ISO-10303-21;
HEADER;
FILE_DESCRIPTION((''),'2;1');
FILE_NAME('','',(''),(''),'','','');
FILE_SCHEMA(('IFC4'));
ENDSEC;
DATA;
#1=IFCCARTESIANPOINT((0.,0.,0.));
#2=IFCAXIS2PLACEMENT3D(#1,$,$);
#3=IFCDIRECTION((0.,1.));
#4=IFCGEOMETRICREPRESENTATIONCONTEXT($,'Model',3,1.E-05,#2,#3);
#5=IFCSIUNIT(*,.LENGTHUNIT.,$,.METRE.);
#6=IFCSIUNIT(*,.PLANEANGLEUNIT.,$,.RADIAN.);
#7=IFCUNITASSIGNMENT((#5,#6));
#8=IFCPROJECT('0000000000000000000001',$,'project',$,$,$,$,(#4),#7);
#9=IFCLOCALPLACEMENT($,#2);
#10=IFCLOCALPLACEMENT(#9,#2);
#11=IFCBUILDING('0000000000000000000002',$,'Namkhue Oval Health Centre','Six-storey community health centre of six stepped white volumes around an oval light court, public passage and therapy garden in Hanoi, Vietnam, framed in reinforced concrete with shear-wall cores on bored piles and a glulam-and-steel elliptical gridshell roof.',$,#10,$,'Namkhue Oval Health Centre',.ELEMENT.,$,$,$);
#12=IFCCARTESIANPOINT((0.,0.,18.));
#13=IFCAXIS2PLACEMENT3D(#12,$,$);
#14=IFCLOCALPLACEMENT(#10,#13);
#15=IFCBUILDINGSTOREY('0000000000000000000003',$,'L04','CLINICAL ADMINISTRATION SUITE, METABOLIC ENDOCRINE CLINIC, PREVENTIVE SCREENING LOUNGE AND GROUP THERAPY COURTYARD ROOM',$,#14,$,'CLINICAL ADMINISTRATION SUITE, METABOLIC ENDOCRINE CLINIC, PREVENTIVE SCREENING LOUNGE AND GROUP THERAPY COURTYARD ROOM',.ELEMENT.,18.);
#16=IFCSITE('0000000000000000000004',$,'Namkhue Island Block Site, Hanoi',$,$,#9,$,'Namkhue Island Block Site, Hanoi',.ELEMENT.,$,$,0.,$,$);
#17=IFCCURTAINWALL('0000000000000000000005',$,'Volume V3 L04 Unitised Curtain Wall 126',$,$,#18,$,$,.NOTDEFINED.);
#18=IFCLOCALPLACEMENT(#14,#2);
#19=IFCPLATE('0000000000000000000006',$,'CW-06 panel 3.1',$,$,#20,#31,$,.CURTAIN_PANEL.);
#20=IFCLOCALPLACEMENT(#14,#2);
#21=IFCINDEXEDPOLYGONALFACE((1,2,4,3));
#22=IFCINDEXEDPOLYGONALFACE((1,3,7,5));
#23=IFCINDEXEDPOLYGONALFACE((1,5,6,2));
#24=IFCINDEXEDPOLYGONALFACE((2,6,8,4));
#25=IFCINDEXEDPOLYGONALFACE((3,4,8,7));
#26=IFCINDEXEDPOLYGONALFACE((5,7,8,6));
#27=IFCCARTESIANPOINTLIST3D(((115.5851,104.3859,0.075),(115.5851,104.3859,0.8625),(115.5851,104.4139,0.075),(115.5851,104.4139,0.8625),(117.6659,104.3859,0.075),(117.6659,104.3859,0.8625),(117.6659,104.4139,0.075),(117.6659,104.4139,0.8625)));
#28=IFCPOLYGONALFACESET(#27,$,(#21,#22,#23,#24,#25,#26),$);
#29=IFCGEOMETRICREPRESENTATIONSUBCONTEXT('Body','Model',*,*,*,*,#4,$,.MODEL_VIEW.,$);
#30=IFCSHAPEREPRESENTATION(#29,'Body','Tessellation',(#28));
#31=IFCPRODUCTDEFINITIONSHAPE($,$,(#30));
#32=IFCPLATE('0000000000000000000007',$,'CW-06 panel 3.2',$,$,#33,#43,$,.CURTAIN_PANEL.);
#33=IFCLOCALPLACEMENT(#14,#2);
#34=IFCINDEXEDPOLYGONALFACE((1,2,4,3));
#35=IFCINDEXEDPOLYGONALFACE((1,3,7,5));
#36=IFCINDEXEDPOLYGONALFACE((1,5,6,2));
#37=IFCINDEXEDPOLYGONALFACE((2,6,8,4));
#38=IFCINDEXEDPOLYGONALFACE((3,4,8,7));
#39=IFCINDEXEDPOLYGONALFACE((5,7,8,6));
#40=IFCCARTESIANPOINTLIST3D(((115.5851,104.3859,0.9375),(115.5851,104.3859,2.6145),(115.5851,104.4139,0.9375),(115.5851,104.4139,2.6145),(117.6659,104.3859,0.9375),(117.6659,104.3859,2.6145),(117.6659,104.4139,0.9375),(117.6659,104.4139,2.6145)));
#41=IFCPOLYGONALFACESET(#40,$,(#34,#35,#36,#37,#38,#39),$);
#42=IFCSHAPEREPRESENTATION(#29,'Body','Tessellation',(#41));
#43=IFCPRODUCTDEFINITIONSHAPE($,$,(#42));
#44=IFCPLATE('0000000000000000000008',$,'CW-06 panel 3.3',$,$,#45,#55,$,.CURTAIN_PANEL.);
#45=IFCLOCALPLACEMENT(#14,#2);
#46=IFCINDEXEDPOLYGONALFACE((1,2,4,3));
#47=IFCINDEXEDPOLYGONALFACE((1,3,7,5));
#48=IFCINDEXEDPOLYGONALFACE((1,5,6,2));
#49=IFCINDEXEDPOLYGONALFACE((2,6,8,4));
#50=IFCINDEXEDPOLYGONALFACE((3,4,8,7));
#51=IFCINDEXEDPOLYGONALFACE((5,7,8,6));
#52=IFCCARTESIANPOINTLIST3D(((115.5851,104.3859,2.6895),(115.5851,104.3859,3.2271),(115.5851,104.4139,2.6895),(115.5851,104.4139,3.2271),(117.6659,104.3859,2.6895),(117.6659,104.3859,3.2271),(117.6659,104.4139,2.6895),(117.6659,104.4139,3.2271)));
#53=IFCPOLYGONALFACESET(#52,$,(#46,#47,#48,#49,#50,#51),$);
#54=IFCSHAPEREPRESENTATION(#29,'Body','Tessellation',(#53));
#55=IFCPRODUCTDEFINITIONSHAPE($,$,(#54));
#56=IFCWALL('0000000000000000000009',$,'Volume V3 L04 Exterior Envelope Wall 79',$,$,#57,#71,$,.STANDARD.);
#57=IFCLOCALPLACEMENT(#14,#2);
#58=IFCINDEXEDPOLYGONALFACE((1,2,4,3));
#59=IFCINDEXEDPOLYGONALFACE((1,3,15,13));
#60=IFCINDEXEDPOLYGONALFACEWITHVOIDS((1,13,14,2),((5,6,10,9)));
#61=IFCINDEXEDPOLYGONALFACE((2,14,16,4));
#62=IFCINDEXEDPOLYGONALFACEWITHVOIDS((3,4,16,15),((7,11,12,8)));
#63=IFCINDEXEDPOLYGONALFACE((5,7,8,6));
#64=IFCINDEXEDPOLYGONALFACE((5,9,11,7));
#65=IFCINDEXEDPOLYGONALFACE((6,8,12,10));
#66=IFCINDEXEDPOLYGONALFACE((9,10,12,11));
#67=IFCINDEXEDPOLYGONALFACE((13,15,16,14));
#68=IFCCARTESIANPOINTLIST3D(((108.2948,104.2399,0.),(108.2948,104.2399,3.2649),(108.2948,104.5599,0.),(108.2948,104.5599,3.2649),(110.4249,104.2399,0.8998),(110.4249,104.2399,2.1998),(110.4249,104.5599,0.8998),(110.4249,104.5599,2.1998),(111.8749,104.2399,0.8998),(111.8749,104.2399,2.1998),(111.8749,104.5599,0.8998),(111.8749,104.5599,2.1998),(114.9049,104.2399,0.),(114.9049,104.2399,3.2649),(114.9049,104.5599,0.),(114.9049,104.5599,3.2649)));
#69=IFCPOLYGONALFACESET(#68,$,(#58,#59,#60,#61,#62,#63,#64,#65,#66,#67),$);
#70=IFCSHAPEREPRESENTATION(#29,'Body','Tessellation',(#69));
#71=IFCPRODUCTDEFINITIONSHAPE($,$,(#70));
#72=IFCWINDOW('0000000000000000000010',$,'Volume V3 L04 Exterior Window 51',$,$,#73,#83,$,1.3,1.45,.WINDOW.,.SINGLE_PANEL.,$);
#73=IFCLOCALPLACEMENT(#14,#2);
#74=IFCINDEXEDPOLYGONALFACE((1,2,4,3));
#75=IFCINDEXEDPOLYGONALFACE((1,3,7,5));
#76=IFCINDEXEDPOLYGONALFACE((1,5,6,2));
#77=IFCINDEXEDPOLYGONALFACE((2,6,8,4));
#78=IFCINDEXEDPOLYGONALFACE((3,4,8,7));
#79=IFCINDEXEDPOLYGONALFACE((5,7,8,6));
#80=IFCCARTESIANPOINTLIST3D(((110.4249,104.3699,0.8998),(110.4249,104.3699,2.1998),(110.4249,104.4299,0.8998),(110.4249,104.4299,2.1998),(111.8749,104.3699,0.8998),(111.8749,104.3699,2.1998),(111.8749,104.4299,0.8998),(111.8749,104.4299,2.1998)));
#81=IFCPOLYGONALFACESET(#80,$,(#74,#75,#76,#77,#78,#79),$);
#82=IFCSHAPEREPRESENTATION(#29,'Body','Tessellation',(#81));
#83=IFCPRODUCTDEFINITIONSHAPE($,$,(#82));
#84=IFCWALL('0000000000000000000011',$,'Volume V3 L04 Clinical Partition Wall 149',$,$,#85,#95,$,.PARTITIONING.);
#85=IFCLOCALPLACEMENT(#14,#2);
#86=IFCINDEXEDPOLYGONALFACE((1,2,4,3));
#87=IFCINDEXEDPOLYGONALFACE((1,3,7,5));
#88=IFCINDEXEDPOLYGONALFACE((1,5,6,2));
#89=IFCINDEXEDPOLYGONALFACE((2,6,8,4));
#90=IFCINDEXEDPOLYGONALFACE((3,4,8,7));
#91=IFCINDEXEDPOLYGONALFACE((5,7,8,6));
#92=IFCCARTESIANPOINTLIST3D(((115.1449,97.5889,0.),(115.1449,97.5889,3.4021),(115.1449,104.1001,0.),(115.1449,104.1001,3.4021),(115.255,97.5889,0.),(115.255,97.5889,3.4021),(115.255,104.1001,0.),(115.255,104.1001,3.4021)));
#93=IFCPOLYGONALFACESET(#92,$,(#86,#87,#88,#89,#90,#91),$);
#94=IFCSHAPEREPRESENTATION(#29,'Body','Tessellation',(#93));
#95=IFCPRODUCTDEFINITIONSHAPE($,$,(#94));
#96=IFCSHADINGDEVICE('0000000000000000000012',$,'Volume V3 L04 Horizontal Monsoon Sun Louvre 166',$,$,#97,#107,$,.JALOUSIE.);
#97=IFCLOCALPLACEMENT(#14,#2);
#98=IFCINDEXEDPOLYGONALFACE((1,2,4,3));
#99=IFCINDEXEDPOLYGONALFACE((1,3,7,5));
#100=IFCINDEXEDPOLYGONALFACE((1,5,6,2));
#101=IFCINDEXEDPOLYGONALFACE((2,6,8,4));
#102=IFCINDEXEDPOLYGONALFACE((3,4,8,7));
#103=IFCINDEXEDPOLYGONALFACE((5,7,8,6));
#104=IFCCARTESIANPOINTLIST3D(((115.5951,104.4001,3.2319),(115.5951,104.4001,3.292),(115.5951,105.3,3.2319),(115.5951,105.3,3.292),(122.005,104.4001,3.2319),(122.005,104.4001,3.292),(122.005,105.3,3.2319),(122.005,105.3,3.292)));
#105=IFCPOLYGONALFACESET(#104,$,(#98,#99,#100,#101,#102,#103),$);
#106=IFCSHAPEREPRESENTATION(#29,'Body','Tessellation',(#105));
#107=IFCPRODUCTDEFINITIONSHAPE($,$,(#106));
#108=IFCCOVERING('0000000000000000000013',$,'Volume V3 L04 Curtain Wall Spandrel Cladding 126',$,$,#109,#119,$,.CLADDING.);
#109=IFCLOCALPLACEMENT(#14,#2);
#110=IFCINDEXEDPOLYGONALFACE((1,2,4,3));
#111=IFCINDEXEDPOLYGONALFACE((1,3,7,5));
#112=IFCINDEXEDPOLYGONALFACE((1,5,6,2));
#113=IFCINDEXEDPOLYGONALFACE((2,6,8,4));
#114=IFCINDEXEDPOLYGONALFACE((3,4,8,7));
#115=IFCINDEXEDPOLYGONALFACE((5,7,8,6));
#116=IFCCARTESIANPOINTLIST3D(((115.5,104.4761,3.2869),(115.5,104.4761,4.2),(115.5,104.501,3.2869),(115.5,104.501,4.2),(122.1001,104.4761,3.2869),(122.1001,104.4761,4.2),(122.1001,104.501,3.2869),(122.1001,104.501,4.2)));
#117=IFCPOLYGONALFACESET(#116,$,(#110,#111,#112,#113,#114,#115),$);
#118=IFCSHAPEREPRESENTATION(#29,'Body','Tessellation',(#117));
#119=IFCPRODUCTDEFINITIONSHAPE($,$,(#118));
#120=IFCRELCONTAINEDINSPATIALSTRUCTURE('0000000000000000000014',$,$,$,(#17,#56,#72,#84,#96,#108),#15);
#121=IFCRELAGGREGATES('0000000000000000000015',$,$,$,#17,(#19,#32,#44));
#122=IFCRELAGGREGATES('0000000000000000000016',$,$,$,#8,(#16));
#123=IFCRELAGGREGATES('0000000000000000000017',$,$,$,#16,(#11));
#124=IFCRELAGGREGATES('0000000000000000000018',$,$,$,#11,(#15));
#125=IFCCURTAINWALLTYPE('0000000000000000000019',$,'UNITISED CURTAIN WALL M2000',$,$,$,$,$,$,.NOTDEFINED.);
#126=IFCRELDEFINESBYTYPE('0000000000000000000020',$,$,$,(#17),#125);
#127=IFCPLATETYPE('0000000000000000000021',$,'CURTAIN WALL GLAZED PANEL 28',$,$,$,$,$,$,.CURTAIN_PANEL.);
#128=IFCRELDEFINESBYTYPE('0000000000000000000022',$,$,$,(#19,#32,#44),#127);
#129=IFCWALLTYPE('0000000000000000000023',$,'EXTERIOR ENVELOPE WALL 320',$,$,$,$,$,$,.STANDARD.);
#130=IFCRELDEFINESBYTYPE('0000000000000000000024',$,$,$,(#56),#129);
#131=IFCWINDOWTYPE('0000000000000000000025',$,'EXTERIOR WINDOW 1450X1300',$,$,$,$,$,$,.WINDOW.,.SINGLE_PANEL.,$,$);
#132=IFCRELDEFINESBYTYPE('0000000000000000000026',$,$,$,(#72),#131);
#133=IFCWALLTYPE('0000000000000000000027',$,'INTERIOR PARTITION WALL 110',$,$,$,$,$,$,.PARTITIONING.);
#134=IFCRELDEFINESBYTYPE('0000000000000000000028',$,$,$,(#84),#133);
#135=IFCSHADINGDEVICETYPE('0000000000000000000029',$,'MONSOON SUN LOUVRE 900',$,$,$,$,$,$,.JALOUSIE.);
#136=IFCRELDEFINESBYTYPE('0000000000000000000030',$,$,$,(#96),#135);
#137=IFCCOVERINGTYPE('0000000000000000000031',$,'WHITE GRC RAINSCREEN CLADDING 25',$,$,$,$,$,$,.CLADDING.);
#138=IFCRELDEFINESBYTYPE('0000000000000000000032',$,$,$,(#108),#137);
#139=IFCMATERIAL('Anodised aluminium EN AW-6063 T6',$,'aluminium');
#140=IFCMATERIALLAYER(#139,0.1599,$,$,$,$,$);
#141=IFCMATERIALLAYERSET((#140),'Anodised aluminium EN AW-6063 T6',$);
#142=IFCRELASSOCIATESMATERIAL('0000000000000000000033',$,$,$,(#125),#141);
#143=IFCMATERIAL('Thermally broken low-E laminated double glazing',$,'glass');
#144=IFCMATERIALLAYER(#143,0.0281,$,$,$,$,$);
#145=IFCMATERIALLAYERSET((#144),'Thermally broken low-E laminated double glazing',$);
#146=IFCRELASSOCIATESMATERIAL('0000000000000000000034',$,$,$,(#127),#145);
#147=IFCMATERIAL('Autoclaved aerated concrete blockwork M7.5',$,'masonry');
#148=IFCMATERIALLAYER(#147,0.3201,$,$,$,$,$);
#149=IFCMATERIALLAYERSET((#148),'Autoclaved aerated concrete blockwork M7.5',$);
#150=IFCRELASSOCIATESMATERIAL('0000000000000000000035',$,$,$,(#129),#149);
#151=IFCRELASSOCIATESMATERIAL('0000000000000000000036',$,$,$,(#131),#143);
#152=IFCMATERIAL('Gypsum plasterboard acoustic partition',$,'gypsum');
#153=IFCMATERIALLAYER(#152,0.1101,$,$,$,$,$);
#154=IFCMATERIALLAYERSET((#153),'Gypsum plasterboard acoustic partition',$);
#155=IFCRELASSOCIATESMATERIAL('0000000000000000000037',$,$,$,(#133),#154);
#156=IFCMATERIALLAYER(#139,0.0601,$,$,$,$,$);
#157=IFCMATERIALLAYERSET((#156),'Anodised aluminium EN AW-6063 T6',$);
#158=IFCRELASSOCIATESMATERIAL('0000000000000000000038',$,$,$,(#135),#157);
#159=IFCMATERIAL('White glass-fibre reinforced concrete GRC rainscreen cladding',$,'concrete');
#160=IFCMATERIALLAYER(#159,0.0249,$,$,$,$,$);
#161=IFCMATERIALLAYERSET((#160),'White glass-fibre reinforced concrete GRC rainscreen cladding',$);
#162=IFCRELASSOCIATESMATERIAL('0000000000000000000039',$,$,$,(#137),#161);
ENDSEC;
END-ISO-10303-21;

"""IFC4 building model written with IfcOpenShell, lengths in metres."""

from ifc_helpers import new_model, si_unit, direction, frame, frame_2d, origin, origin_2d, place, context, subcontext, project, spatial, rectangle, extrude, material, layer, layer_set, type_object, element, fill, aggregate, save


model = new_model("IFC4")

# Units and contexts
model_context = context("Model", 3, precision=1e-05, world=origin(), true_north=direction((0.0, 1.0)))
body_context = subcontext(model_context, "Body", "Model", "MODEL_VIEW")
ifc_project = project(units=[si_unit("LENGTHUNIT", "METRE"), si_unit("PLANEANGLEUNIT", "RADIAN")], contexts=[model_context])

# Site, building, storey
site_placement = place(None, origin())
site = spatial("IfcSite", under=ifc_project, at=site_placement, Name="Namkhue Island Block Site, Hanoi", LongName="Namkhue Island Block Site, Hanoi", CompositionType="ELEMENT", RefElevation=0.0)
building_placement = place(site_placement, origin())
building = spatial("IfcBuilding", under=site, at=building_placement, Name="Namkhue Oval Health Centre", Description="Six-storey community health centre of six stepped white volumes around an oval light court, public passage and therapy garden in Hanoi, Vietnam, framed in reinforced concrete with shear-wall cores on bored piles and a glulam-and-steel elliptical gridshell roof.", LongName="Namkhue Oval Health Centre", CompositionType="ELEMENT")
storey_placement = place(building_placement, frame((0.0, 0.0, 18.0)))
storey = spatial("IfcBuildingStorey", under=building, at=storey_placement, Name="L04", Description="CLINICAL ADMINISTRATION SUITE, METABOLIC ENDOCRINE CLINIC, PREVENTIVE SCREENING LOUNGE AND GROUP THERAPY COURTYARD ROOM", LongName="CLINICAL ADMINISTRATION SUITE, METABOLIC ENDOCRINE CLINIC, PREVENTIVE SCREENING LOUNGE AND GROUP THERAPY COURTYARD ROOM", CompositionType="ELEMENT", Elevation=18.0)

# Curtain wall
ifc_material_1 = material(Name="Anodised aluminium EN AW-6063 T6", Category="aluminium")
ifc_layer_1 = layer(ifc_material_1, 0.1599)
ifc_layer_set_1 = layer_set([ifc_layer_1], Name="Anodised aluminium EN AW-6063 T6")
curtain_wall_type = type_object("IfcCurtainWallType", Name="UNITISED CURTAIN WALL M2000", PredefinedType="NOTDEFINED", material=ifc_layer_set_1)
curtain_wall_placement = place(storey_placement, origin())
curtain_wall = element("IfcCurtainWall", 1, at=curtain_wall_placement, inside=storey, type_object=curtain_wall_type, Name="Volume V3 L04 Unitised Curtain Wall 126", PredefinedType="NOTDEFINED")

# Plates
ifc_material_2 = material(Name="Thermally broken low-E laminated double glazing", Category="glass")
ifc_layer_2 = layer(ifc_material_2, 0.0281)
ifc_layer_set_2 = layer_set([ifc_layer_2], Name="Thermally broken low-E laminated double glazing")
plate_type = type_object("IfcPlateType", Name="CURTAIN WALL GLAZED PANEL 28", PredefinedType="CURTAIN_PANEL", material=ifc_layer_set_2)
plate_1_placement = place(storey_placement, frame((116.6255, 104.3999, 0.075), z_axis=(0.0, 0.0, 1.0), x_axis=(-1.0, 0.0, 0.0)))
plate_1 = element("IfcPlate", 2, at=plate_1_placement, type_object=plate_type, Name="CW-06 panel 3.1", PredefinedType="CURTAIN_PANEL", context=body_context, shape_type="SweptSolid", body=[
    extrude(rectangle(XDim=2.0808, YDim=0.0281, at=origin_2d()), origin(), (0.0, 0.0, 1.0), 0.7876),
])
plate_2_placement = place(storey_placement, frame((116.6255, 104.3999, 0.9375), z_axis=(0.0, 0.0, 1.0), x_axis=(-1.0, 0.0, 0.0)))
plate_2 = element("IfcPlate", 3, at=plate_2_placement, type_object=plate_type, Name="CW-06 panel 3.2", PredefinedType="CURTAIN_PANEL", context=body_context, shape_type="SweptSolid", body=[
    extrude(rectangle(XDim=2.0808, YDim=0.0281, at=origin_2d()), origin(), (0.0, 0.0, 1.0), 1.677),
])
plate_3_placement = place(storey_placement, frame((116.6255, 104.3999, 2.6895), z_axis=(0.0, 0.0, 1.0), x_axis=(-1.0, 0.0, 0.0)))
plate_3 = element("IfcPlate", 4, at=plate_3_placement, type_object=plate_type, Name="CW-06 panel 3.3", PredefinedType="CURTAIN_PANEL", context=body_context, shape_type="SweptSolid", body=[
    extrude(rectangle(XDim=2.0808, YDim=0.0281, at=origin_2d()), origin(), (0.0, 0.0, 1.0), 0.5376),
])
aggregate(curtain_wall, [plate_1, plate_2, plate_3])

# Wall, opening, window
ifc_material_3 = material(Name="Autoclaved aerated concrete blockwork M7.5", Category="masonry")
ifc_layer_3 = layer(ifc_material_3, 0.3201)
ifc_layer_set_3 = layer_set([ifc_layer_3], Name="Autoclaved aerated concrete blockwork M7.5")
wall_type_1 = type_object("IfcWallType", Name="EXTERIOR ENVELOPE WALL 320", PredefinedType="STANDARD", material=ifc_layer_set_3)
wall_1_placement = place(storey_placement, frame((114.905, 104.3999, 0.0), z_axis=(0.0, 0.0, 1.0), x_axis=(-1.0, 0.0, 0.0)))
wall_1 = element("IfcWall", 5, at=wall_1_placement, inside=storey, type_object=wall_type_1, Name="Volume V3 L04 Exterior Envelope Wall 79", PredefinedType="STANDARD", context=body_context, shape_type="SweptSolid", body=[
    extrude(rectangle(XDim=6.6101, YDim=0.3201, at=frame_2d((3.3052, 0.0))), origin(), (0.0, 0.0, 1.0), 3.2649),
])
opening_placement = place(wall_1_placement, frame((3.03, 0.0, 0.8999)))
opening = element("IfcOpeningElement", 6, at=opening_placement, cuts=wall_1, PredefinedType="OPENING", context=body_context, shape_type="SweptSolid", body=[
    extrude(rectangle(XDim=1.45, YDim=1.3, at=frame_2d((0.7251, 0.6499))), frame((0.0, 0.1699, 0.0), z_axis=(0.0, -1.0, 0.0), x_axis=(1.0, 0.0, 0.0)), (0.0, 0.0, 1.0), 0.3401),
])
window_type = type_object("IfcWindowType", Name="EXTERIOR WINDOW 1450X1300", PartitioningType="SINGLE_PANEL", PredefinedType="WINDOW", material=ifc_material_2)
window_placement = place(opening_placement, origin())
window = element("IfcWindow", 7, at=window_placement, inside=storey, type_object=window_type, Name="Volume V3 L04 Exterior Window 51", OverallHeight=1.3, OverallWidth=1.45, PartitioningType="SINGLE_PANEL", PredefinedType="WINDOW", context=body_context, shape_type="SweptSolid", body=[
    extrude(rectangle(XDim=1.45, YDim=1.3, at=frame_2d((0.7251, 0.6499))), frame((0.0, 0.03, 0.0), z_axis=(0.0, -1.0, 0.0), x_axis=(1.0, 0.0, 0.0)), (0.0, 0.0, 1.0), 0.0601),
])
fill(opening, window)

# Wall
ifc_material_4 = material(Name="Gypsum plasterboard acoustic partition", Category="gypsum")
ifc_layer_4 = layer(ifc_material_4, 0.1101)
ifc_layer_set_4 = layer_set([ifc_layer_4], Name="Gypsum plasterboard acoustic partition")
wall_type_2 = type_object("IfcWallType", Name="INTERIOR PARTITION WALL 110", PredefinedType="PARTITIONING", material=ifc_layer_set_4)
wall_2_placement = place(storey_placement, frame((115.2, 97.5889, 0.0), z_axis=(0.0, 0.0, 1.0), x_axis=(0.0, 1.0, 0.0)))
element("IfcWall", 8, at=wall_2_placement, inside=storey, type_object=wall_type_2, Name="Volume V3 L04 Clinical Partition Wall 149", PredefinedType="PARTITIONING", context=body_context, shape_type="SweptSolid", body=[
    extrude(rectangle(XDim=6.5112, YDim=0.1101, at=frame_2d((3.2556, 0.0))), origin(), (0.0, 0.0, 1.0), 3.4021),
])

# Shading device
ifc_layer_5 = layer(ifc_material_1, 0.0601)
ifc_layer_set_5 = layer_set([ifc_layer_5], Name="Anodised aluminium EN AW-6063 T6")
shading_device_type = type_object("IfcShadingDeviceType", Name="MONSOON SUN LOUVRE 900", PredefinedType="JALOUSIE", material=ifc_layer_set_5)
shading_device_placement = place(storey_placement, frame((118.8, 104.8501, 3.2319), z_axis=(0.0, 0.0, 1.0), x_axis=(-1.0, 0.0, 0.0)))
element("IfcShadingDevice", 9, at=shading_device_placement, inside=storey, type_object=shading_device_type, Name="Volume V3 L04 Horizontal Monsoon Sun Louvre 166", PredefinedType="JALOUSIE", context=body_context, shape_type="SweptSolid", body=[
    extrude(rectangle(XDim=6.4099, YDim=0.8999, at=origin_2d()), origin(), (0.0, 0.0, 1.0), 0.0601),
])

# Covering
ifc_material_5 = material(Name="White glass-fibre reinforced concrete GRC rainscreen cladding", Category="concrete")
ifc_layer_6 = layer(ifc_material_5, 0.0249)
ifc_layer_set_6 = layer_set([ifc_layer_6], Name="White glass-fibre reinforced concrete GRC rainscreen cladding")
covering_type = type_object("IfcCoveringType", Name="WHITE GRC RAINSCREEN CLADDING 25", PredefinedType="CLADDING", material=ifc_layer_set_6)
covering_placement = place(storey_placement, frame((118.8, 104.4885, 3.2869), z_axis=(0.0, 0.0, 1.0), x_axis=(-1.0, 0.0, 0.0)))
element("IfcCovering", 10, at=covering_placement, inside=storey, type_object=covering_type, Name="Volume V3 L04 Curtain Wall Spandrel Cladding 126", PredefinedType="CLADDING", context=body_context, shape_type="SweptSolid", body=[
    extrude(rectangle(XDim=6.6001, YDim=0.0249, at=origin_2d()), origin(), (0.0, 0.0, 1.0), 0.9131),
])

save(model, "model.ifc")
